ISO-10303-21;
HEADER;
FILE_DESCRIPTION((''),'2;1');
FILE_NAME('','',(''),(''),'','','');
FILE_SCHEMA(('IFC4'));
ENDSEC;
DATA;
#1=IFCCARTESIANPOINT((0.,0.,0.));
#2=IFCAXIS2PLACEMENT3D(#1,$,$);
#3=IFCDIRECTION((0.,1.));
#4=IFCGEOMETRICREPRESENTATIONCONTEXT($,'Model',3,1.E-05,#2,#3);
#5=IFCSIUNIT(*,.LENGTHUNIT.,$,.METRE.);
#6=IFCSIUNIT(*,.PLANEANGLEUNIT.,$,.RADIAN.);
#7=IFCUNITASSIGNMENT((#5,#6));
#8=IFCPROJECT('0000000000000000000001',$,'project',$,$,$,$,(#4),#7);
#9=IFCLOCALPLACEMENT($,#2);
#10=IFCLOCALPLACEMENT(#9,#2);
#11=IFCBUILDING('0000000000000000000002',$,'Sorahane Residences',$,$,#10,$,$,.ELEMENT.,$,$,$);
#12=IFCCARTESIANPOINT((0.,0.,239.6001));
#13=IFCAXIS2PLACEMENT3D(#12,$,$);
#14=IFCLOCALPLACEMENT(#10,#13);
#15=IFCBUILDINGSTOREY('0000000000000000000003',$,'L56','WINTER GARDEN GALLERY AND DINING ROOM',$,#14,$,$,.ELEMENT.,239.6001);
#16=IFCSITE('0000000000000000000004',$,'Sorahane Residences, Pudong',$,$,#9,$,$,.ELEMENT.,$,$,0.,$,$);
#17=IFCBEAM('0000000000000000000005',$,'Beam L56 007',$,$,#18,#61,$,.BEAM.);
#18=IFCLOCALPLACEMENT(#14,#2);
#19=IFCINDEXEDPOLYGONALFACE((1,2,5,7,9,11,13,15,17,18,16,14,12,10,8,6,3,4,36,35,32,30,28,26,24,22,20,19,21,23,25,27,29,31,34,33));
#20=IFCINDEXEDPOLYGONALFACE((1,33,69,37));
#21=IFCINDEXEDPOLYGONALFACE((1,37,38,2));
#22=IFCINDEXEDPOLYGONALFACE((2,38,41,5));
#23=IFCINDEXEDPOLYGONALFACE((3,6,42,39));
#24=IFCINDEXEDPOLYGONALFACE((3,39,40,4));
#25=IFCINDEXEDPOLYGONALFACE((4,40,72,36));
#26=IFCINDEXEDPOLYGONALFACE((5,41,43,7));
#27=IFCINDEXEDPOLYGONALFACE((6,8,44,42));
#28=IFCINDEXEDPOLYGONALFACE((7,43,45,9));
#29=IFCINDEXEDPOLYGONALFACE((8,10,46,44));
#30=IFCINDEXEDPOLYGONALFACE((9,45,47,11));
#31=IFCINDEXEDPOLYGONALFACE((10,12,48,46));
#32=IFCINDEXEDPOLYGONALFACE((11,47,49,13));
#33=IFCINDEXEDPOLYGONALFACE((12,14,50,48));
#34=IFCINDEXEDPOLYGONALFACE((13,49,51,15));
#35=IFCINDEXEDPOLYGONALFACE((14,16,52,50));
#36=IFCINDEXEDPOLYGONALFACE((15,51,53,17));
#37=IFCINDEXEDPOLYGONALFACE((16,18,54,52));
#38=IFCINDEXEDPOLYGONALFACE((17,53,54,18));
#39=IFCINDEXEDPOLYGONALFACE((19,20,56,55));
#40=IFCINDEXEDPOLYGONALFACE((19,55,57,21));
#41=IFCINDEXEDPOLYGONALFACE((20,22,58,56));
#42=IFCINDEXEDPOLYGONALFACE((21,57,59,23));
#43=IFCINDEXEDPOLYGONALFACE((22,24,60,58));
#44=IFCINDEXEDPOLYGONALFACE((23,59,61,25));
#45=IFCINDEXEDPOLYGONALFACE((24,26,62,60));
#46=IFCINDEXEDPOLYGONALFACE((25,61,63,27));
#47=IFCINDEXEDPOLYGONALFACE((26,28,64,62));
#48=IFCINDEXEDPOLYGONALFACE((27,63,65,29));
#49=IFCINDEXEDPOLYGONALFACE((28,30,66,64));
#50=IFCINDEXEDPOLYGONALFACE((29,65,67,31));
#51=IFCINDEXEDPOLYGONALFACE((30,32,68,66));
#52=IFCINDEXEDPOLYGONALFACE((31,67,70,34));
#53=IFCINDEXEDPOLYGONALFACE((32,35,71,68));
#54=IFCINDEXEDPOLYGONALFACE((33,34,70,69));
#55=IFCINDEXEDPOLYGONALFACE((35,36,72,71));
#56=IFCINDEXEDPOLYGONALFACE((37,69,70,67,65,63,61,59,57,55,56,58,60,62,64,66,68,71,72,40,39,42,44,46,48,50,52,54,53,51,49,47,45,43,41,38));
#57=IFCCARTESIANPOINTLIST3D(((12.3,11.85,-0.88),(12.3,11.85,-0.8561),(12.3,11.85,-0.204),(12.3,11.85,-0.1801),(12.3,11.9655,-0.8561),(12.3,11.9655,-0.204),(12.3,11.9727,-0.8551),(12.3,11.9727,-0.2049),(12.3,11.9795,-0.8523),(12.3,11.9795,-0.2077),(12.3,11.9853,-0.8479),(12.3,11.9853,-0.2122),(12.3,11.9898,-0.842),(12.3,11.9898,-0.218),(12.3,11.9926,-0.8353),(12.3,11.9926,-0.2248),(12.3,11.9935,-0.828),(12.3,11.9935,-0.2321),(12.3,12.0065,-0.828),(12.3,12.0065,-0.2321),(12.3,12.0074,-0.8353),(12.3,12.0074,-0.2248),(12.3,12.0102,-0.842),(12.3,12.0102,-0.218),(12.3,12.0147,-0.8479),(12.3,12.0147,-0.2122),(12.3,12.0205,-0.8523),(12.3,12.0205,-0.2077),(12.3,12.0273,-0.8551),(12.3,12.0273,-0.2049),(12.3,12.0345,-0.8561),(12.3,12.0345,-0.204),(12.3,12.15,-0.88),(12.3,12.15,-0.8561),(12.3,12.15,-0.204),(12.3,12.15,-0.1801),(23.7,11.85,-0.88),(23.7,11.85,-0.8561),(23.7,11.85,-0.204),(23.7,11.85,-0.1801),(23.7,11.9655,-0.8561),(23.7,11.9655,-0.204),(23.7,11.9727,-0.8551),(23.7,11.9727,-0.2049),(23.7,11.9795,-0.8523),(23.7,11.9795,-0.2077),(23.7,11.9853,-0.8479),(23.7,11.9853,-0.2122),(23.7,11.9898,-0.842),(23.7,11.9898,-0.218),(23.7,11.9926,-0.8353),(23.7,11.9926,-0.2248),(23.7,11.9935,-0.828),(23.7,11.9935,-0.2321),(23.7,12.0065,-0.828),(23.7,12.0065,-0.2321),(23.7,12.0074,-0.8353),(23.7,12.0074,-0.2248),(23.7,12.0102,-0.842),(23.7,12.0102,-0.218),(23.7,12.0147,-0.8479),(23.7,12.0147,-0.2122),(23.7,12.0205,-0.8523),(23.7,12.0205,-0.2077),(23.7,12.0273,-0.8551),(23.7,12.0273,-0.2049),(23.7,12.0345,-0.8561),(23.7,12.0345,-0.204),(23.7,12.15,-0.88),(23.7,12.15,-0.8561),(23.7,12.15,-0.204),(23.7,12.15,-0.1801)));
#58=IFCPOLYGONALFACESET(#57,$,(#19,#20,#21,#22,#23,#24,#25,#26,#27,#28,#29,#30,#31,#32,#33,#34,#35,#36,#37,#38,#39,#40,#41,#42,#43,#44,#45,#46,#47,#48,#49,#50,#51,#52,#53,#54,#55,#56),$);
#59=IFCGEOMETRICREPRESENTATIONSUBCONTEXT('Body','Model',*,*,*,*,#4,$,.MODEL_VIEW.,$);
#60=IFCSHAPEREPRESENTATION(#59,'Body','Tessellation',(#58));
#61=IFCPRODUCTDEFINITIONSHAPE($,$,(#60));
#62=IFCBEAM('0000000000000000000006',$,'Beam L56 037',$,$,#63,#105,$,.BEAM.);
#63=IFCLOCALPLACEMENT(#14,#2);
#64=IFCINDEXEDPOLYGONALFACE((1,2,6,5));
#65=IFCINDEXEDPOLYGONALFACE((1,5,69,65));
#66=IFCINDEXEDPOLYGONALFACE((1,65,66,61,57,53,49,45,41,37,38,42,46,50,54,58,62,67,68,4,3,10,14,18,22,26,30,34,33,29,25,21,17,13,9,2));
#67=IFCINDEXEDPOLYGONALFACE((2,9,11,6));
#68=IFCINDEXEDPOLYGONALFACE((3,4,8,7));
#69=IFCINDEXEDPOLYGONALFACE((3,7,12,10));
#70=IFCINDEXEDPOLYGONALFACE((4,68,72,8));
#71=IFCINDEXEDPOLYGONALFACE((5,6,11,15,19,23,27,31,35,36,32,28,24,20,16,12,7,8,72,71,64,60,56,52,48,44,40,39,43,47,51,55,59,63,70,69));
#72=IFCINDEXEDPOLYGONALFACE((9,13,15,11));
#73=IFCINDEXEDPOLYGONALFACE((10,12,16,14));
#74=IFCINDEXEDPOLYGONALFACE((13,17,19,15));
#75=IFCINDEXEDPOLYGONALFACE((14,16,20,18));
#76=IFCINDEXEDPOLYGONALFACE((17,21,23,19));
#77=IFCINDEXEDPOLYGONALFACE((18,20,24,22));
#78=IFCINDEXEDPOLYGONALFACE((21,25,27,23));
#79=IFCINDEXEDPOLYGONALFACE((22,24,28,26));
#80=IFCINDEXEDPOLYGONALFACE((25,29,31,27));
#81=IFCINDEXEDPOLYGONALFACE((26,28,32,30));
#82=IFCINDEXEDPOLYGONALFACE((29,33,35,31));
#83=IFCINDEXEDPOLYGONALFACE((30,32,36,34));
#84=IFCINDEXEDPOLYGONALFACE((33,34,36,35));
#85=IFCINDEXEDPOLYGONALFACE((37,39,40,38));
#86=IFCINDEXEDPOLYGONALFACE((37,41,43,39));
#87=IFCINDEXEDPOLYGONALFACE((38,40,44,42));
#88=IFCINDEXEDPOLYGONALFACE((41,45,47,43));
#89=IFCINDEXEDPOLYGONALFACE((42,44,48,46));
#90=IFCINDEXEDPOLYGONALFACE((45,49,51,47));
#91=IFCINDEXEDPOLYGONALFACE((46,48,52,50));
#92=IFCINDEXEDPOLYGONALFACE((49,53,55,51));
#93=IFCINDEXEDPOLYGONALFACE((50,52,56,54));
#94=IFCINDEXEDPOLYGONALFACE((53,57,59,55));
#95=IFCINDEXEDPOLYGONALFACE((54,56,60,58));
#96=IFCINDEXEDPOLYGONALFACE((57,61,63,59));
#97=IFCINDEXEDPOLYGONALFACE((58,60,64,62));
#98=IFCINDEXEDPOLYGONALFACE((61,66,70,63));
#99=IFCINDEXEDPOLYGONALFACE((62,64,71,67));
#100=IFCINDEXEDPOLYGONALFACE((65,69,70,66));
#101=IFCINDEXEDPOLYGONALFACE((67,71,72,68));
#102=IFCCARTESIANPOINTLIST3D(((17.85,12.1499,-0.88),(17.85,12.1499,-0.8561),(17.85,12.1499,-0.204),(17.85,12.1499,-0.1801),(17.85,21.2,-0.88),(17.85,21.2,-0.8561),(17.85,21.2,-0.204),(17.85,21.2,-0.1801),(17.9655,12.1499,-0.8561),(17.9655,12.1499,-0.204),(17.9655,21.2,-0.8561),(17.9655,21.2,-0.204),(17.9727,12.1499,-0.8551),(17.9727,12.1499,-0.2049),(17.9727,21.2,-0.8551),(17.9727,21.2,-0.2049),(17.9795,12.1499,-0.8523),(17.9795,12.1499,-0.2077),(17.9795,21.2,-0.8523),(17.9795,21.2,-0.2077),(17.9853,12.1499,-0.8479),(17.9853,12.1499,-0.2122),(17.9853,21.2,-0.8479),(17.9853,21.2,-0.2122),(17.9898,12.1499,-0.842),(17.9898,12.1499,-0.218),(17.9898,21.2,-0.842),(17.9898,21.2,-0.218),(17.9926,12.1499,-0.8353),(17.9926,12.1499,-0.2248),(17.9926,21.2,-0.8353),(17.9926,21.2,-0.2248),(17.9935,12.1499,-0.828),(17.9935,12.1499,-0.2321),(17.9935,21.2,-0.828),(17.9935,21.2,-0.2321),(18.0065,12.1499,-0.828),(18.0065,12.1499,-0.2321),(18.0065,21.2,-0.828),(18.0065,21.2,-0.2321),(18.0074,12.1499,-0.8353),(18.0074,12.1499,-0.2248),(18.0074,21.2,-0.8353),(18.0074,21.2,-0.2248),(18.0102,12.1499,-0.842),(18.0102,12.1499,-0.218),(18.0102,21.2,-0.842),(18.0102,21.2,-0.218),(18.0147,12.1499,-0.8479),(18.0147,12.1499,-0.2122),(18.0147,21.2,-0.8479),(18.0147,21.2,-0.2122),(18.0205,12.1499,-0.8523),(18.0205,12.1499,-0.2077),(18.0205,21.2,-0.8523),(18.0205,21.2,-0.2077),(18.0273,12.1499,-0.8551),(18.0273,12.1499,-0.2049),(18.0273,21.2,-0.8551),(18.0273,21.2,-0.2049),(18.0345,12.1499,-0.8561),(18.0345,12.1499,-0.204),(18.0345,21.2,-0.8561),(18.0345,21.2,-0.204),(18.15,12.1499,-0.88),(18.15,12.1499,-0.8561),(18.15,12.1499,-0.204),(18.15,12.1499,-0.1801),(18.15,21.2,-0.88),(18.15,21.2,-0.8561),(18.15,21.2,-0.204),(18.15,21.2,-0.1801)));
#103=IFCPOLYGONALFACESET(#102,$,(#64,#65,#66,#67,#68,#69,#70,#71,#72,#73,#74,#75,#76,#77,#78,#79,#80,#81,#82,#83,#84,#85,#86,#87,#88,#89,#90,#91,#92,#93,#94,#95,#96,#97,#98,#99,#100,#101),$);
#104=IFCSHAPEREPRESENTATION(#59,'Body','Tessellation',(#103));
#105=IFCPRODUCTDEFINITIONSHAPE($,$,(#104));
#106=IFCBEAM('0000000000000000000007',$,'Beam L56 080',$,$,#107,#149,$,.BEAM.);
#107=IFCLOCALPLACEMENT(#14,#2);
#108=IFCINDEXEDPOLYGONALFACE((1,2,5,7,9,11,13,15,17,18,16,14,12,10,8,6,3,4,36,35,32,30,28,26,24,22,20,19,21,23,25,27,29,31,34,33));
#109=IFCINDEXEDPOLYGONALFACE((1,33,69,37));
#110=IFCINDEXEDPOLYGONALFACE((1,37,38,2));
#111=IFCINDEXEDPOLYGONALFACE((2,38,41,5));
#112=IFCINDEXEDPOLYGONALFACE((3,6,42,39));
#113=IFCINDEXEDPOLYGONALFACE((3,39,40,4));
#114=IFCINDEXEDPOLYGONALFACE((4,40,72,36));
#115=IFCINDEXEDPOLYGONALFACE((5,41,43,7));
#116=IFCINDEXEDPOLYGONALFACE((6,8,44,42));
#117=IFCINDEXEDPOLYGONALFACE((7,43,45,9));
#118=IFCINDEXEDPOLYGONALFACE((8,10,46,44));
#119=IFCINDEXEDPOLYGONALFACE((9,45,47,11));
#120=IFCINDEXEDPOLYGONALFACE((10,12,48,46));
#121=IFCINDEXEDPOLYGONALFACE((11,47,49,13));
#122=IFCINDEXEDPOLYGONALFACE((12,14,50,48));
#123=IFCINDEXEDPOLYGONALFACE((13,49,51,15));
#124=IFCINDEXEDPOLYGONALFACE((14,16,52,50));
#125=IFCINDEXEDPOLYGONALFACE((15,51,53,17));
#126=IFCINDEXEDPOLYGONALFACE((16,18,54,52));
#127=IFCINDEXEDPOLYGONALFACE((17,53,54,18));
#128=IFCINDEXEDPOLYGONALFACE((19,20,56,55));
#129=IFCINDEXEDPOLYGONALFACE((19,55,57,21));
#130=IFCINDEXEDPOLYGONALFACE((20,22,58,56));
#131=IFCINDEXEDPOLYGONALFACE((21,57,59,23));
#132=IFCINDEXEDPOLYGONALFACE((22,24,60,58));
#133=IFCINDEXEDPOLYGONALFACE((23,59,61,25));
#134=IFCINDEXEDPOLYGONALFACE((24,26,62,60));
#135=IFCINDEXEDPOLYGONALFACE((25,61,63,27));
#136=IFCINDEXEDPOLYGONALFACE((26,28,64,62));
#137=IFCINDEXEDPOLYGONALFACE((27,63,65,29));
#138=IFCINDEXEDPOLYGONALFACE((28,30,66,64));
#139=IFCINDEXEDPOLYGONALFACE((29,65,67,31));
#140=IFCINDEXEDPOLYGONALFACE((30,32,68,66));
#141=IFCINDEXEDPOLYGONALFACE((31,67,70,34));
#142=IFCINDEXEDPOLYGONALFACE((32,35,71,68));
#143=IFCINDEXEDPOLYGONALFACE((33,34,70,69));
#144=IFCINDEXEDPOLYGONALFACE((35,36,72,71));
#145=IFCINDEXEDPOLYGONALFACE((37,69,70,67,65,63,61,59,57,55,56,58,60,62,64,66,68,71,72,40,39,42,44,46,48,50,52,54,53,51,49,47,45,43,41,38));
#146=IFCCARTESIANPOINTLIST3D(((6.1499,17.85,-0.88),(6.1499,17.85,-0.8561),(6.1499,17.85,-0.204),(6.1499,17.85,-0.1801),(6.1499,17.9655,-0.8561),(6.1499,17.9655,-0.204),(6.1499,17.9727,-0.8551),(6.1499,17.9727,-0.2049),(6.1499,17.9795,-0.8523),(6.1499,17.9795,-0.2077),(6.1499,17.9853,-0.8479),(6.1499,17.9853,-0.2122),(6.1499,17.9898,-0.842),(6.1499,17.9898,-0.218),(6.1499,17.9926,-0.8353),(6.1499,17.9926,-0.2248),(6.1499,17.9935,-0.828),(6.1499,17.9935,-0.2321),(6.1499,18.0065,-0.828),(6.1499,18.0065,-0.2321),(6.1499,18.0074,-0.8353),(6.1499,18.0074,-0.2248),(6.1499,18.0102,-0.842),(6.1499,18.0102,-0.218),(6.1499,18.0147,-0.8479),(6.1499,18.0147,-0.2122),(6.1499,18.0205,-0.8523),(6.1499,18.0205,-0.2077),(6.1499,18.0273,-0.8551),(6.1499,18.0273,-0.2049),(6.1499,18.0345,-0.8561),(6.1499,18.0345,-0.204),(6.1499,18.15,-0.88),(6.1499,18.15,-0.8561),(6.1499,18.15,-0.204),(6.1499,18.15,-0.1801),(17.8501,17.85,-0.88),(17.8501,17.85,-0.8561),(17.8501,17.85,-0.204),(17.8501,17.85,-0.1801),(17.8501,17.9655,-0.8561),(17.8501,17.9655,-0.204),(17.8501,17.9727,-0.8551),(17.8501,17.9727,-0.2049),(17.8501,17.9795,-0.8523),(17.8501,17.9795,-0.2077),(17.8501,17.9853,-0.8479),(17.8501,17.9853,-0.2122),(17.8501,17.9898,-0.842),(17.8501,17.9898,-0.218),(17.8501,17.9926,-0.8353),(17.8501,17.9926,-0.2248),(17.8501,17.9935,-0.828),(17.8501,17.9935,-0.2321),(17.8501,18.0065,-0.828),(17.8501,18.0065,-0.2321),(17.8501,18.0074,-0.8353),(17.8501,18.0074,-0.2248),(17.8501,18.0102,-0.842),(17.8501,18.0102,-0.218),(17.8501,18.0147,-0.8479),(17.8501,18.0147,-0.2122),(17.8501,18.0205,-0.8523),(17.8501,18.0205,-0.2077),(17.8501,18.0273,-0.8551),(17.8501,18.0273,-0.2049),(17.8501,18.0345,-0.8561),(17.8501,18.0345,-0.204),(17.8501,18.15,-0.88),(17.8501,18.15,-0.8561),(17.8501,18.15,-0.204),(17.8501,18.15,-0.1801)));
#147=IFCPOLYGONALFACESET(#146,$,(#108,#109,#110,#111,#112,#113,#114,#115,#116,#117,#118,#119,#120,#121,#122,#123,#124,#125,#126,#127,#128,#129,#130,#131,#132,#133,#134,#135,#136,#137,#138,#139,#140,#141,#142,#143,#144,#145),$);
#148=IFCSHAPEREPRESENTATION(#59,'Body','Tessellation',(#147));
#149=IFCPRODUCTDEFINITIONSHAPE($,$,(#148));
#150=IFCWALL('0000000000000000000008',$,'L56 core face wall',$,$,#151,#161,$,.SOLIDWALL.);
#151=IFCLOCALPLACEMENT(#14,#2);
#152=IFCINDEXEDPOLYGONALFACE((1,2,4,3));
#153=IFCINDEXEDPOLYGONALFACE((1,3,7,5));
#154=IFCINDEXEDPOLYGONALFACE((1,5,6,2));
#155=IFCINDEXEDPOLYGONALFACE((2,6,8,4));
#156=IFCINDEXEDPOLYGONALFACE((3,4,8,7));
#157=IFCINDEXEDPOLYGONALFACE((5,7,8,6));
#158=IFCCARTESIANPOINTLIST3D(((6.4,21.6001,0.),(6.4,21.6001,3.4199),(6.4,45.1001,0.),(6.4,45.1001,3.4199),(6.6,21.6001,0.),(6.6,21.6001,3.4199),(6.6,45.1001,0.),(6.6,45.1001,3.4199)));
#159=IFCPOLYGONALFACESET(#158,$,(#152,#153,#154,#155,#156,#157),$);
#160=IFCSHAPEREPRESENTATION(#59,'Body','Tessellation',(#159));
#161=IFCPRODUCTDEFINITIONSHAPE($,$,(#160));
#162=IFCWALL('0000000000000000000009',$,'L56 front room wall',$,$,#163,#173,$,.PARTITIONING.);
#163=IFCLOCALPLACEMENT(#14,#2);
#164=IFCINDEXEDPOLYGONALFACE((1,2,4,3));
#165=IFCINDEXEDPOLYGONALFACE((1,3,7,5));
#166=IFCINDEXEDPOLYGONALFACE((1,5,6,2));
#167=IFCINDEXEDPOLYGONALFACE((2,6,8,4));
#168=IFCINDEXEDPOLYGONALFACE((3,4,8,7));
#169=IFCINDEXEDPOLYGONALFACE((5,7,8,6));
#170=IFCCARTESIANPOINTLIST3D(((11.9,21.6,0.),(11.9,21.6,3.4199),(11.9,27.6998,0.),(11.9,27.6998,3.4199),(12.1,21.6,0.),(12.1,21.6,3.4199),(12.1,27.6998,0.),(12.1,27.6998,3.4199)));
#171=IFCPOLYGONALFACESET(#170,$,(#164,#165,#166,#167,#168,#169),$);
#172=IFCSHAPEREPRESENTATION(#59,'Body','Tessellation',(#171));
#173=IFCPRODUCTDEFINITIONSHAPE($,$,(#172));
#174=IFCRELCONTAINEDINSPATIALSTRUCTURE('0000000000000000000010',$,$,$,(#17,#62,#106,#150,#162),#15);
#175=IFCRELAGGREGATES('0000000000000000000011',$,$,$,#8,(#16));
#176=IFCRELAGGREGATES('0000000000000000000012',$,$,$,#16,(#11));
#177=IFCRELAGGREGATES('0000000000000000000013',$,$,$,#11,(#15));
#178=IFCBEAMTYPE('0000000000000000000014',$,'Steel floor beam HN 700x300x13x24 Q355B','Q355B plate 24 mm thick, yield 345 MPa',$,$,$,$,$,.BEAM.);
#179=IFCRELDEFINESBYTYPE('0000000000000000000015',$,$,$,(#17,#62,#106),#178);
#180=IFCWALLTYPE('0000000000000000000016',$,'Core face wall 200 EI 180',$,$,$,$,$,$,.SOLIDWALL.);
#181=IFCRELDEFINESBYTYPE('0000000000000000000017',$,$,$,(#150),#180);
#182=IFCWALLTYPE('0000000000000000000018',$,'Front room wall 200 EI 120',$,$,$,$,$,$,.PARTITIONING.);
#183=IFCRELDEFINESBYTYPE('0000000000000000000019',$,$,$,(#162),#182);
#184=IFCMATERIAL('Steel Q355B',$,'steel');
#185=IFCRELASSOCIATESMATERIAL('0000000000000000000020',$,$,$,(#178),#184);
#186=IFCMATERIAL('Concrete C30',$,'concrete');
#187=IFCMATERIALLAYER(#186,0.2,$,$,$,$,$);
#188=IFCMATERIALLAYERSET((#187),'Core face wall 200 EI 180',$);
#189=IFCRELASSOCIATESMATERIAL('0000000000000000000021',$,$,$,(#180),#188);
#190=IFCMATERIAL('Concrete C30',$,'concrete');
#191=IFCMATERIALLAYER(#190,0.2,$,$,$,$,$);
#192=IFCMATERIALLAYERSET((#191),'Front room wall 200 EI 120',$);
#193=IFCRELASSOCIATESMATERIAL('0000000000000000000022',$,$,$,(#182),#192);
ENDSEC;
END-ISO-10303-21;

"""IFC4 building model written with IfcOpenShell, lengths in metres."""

from ifc_helpers import new_model, si_unit, direction, frame, frame_2d, origin, origin_2d, place, context, subcontext, project, spatial, rectangle, i_section, extrude, material, layer, layer_set, material_profile, profile_set, type_object, element, save


model = new_model("IFC4")

# Units and contexts
model_context = context("Model", 3, precision=1e-05, world=origin(), true_north=direction((0.0, 1.0)))
body_context = subcontext(model_context, "Body", "Model", "MODEL_VIEW")
ifc_project = project(units=[si_unit("LENGTHUNIT", "METRE"), si_unit("PLANEANGLEUNIT", "RADIAN")], contexts=[model_context])

# Site, building, storey
site_placement = place(None, origin())
site = spatial("IfcSite", under=ifc_project, at=site_placement, Name="Sorahane Residences, Pudong", CompositionType="ELEMENT", RefElevation=0.0)
building_placement = place(site_placement, origin())
building = spatial("IfcBuilding", under=site, at=building_placement, Name="Sorahane Residences", CompositionType="ELEMENT")
storey_placement = place(building_placement, frame((0.0, 0.0, 239.6001)))
storey = spatial("IfcBuildingStorey", under=building, at=storey_placement, Name="L56", Description="WINTER GARDEN GALLERY AND DINING ROOM", CompositionType="ELEMENT", Elevation=239.6001)

# Beams
ifc_material_1 = material(Name="Steel Q355B", Category="steel")
ifc_material_profile_1 = material_profile(ifc_material_1, i_section(OverallWidth=0.3, OverallDepth=0.7, WebThickness=0.0129, FlangeThickness=0.0239, FilletRadius=0.0281, at=origin_2d()), Name="HN 700x300x13x24")
ifc_profile_set_1 = profile_set([ifc_material_profile_1], Name="Steel Q355B")
beam_type_1 = type_object("IfcBeamType", Name="Steel floor beam HN 700x300x13x24 Q355B", Description="Q355B plate 24 mm thick, yield 345 MPa", PredefinedType="BEAM", material=ifc_profile_set_1)
beam_1_placement = place(storey_placement, frame((12.3, 12.0, -0.53), z_axis=(1.0, 0.0, 0.0), x_axis=(0.0, 1.0, 0.0)))
element("IfcBeam", 1, at=beam_1_placement, inside=storey, type_object=beam_type_1, Name="Beam L56 007", PredefinedType="BEAM", context=body_context, shape_type="SweptSolid", body=[
    extrude(i_section(OverallWidth=0.3, OverallDepth=0.7, WebThickness=0.0129, FlangeThickness=0.0239, FilletRadius=0.0281, at=origin_2d()), origin(), (0.0, 0.0, 1.0), 11.3999),
])
beam_2_placement = place(storey_placement, frame((18.0, 12.1499, -0.53), z_axis=(0.0, 1.0, 0.0), x_axis=(-1.0, 0.0, 0.0)))
element("IfcBeam", 2, at=beam_2_placement, inside=storey, type_object=beam_type_1, Name="Beam L56 037", PredefinedType="BEAM", context=body_context, shape_type="SweptSolid", body=[
    extrude(i_section(OverallWidth=0.3, OverallDepth=0.7, WebThickness=0.0129, FlangeThickness=0.0239, FilletRadius=0.0281, at=origin_2d()), origin(), (0.0, 0.0, 1.0), 9.05),
])
beam_3_placement = place(storey_placement, frame((6.1499, 18.0, -0.53), z_axis=(1.0, 0.0, 0.0), x_axis=(0.0, 1.0, 0.0)))
element("IfcBeam", 3, at=beam_3_placement, inside=storey, type_object=beam_type_1, Name="Beam L56 080", PredefinedType="BEAM", context=body_context, shape_type="SweptSolid", body=[
    extrude(i_section(OverallWidth=0.3, OverallDepth=0.7, WebThickness=0.0129, FlangeThickness=0.0239, FilletRadius=0.0281, at=origin_2d()), origin(), (0.0, 0.0, 1.0), 11.7002),
])

# Walls
ifc_material_2 = material(Name="Concrete C30", Category="concrete")
ifc_layer_1 = layer(ifc_material_2, 0.2)
ifc_layer_set_1 = layer_set([ifc_layer_1], Name="Core face wall 200 EI 180")
wall_type_1 = type_object("IfcWallType", Name="Core face wall 200 EI 180", PredefinedType="SOLIDWALL", material=ifc_layer_set_1)
wall_1_placement = place(storey_placement, frame((6.5, 21.6001, 0.0), z_axis=(0.0, 0.0, 1.0), x_axis=(0.0, 1.0, 0.0)))
element("IfcWall", 4, at=wall_1_placement, inside=storey, type_object=wall_type_1, Name="L56 core face wall", PredefinedType="SOLIDWALL", context=body_context, shape_type="SweptSolid", body=[
    extrude(rectangle(XDim=23.5, YDim=0.2, at=frame_2d((11.75, 0.0))), origin(), (0.0, 0.0, 1.0), 3.4199),
])
ifc_material_3 = material(Name="Concrete C30", Category="concrete")
ifc_layer_2 = layer(ifc_material_3, 0.2)
ifc_layer_set_2 = layer_set([ifc_layer_2], Name="Front room wall 200 EI 120")
wall_type_2 = type_object("IfcWallType", Name="Front room wall 200 EI 120", PredefinedType="PARTITIONING", material=ifc_layer_set_2)
wall_2_placement = place(storey_placement, frame((12.0, 21.6001, 0.0), z_axis=(0.0, 0.0, 1.0), x_axis=(0.0, 1.0, 0.0)))
element("IfcWall", 5, at=wall_2_placement, inside=storey, type_object=wall_type_2, Name="L56 front room wall", PredefinedType="PARTITIONING", context=body_context, shape_type="SweptSolid", body=[
    extrude(rectangle(XDim=6.0999, YDim=0.2, at=frame_2d((3.0498, 0.0))), origin(), (0.0, 0.0, 1.0), 3.4199),
])

save(model, "model.ifc")
